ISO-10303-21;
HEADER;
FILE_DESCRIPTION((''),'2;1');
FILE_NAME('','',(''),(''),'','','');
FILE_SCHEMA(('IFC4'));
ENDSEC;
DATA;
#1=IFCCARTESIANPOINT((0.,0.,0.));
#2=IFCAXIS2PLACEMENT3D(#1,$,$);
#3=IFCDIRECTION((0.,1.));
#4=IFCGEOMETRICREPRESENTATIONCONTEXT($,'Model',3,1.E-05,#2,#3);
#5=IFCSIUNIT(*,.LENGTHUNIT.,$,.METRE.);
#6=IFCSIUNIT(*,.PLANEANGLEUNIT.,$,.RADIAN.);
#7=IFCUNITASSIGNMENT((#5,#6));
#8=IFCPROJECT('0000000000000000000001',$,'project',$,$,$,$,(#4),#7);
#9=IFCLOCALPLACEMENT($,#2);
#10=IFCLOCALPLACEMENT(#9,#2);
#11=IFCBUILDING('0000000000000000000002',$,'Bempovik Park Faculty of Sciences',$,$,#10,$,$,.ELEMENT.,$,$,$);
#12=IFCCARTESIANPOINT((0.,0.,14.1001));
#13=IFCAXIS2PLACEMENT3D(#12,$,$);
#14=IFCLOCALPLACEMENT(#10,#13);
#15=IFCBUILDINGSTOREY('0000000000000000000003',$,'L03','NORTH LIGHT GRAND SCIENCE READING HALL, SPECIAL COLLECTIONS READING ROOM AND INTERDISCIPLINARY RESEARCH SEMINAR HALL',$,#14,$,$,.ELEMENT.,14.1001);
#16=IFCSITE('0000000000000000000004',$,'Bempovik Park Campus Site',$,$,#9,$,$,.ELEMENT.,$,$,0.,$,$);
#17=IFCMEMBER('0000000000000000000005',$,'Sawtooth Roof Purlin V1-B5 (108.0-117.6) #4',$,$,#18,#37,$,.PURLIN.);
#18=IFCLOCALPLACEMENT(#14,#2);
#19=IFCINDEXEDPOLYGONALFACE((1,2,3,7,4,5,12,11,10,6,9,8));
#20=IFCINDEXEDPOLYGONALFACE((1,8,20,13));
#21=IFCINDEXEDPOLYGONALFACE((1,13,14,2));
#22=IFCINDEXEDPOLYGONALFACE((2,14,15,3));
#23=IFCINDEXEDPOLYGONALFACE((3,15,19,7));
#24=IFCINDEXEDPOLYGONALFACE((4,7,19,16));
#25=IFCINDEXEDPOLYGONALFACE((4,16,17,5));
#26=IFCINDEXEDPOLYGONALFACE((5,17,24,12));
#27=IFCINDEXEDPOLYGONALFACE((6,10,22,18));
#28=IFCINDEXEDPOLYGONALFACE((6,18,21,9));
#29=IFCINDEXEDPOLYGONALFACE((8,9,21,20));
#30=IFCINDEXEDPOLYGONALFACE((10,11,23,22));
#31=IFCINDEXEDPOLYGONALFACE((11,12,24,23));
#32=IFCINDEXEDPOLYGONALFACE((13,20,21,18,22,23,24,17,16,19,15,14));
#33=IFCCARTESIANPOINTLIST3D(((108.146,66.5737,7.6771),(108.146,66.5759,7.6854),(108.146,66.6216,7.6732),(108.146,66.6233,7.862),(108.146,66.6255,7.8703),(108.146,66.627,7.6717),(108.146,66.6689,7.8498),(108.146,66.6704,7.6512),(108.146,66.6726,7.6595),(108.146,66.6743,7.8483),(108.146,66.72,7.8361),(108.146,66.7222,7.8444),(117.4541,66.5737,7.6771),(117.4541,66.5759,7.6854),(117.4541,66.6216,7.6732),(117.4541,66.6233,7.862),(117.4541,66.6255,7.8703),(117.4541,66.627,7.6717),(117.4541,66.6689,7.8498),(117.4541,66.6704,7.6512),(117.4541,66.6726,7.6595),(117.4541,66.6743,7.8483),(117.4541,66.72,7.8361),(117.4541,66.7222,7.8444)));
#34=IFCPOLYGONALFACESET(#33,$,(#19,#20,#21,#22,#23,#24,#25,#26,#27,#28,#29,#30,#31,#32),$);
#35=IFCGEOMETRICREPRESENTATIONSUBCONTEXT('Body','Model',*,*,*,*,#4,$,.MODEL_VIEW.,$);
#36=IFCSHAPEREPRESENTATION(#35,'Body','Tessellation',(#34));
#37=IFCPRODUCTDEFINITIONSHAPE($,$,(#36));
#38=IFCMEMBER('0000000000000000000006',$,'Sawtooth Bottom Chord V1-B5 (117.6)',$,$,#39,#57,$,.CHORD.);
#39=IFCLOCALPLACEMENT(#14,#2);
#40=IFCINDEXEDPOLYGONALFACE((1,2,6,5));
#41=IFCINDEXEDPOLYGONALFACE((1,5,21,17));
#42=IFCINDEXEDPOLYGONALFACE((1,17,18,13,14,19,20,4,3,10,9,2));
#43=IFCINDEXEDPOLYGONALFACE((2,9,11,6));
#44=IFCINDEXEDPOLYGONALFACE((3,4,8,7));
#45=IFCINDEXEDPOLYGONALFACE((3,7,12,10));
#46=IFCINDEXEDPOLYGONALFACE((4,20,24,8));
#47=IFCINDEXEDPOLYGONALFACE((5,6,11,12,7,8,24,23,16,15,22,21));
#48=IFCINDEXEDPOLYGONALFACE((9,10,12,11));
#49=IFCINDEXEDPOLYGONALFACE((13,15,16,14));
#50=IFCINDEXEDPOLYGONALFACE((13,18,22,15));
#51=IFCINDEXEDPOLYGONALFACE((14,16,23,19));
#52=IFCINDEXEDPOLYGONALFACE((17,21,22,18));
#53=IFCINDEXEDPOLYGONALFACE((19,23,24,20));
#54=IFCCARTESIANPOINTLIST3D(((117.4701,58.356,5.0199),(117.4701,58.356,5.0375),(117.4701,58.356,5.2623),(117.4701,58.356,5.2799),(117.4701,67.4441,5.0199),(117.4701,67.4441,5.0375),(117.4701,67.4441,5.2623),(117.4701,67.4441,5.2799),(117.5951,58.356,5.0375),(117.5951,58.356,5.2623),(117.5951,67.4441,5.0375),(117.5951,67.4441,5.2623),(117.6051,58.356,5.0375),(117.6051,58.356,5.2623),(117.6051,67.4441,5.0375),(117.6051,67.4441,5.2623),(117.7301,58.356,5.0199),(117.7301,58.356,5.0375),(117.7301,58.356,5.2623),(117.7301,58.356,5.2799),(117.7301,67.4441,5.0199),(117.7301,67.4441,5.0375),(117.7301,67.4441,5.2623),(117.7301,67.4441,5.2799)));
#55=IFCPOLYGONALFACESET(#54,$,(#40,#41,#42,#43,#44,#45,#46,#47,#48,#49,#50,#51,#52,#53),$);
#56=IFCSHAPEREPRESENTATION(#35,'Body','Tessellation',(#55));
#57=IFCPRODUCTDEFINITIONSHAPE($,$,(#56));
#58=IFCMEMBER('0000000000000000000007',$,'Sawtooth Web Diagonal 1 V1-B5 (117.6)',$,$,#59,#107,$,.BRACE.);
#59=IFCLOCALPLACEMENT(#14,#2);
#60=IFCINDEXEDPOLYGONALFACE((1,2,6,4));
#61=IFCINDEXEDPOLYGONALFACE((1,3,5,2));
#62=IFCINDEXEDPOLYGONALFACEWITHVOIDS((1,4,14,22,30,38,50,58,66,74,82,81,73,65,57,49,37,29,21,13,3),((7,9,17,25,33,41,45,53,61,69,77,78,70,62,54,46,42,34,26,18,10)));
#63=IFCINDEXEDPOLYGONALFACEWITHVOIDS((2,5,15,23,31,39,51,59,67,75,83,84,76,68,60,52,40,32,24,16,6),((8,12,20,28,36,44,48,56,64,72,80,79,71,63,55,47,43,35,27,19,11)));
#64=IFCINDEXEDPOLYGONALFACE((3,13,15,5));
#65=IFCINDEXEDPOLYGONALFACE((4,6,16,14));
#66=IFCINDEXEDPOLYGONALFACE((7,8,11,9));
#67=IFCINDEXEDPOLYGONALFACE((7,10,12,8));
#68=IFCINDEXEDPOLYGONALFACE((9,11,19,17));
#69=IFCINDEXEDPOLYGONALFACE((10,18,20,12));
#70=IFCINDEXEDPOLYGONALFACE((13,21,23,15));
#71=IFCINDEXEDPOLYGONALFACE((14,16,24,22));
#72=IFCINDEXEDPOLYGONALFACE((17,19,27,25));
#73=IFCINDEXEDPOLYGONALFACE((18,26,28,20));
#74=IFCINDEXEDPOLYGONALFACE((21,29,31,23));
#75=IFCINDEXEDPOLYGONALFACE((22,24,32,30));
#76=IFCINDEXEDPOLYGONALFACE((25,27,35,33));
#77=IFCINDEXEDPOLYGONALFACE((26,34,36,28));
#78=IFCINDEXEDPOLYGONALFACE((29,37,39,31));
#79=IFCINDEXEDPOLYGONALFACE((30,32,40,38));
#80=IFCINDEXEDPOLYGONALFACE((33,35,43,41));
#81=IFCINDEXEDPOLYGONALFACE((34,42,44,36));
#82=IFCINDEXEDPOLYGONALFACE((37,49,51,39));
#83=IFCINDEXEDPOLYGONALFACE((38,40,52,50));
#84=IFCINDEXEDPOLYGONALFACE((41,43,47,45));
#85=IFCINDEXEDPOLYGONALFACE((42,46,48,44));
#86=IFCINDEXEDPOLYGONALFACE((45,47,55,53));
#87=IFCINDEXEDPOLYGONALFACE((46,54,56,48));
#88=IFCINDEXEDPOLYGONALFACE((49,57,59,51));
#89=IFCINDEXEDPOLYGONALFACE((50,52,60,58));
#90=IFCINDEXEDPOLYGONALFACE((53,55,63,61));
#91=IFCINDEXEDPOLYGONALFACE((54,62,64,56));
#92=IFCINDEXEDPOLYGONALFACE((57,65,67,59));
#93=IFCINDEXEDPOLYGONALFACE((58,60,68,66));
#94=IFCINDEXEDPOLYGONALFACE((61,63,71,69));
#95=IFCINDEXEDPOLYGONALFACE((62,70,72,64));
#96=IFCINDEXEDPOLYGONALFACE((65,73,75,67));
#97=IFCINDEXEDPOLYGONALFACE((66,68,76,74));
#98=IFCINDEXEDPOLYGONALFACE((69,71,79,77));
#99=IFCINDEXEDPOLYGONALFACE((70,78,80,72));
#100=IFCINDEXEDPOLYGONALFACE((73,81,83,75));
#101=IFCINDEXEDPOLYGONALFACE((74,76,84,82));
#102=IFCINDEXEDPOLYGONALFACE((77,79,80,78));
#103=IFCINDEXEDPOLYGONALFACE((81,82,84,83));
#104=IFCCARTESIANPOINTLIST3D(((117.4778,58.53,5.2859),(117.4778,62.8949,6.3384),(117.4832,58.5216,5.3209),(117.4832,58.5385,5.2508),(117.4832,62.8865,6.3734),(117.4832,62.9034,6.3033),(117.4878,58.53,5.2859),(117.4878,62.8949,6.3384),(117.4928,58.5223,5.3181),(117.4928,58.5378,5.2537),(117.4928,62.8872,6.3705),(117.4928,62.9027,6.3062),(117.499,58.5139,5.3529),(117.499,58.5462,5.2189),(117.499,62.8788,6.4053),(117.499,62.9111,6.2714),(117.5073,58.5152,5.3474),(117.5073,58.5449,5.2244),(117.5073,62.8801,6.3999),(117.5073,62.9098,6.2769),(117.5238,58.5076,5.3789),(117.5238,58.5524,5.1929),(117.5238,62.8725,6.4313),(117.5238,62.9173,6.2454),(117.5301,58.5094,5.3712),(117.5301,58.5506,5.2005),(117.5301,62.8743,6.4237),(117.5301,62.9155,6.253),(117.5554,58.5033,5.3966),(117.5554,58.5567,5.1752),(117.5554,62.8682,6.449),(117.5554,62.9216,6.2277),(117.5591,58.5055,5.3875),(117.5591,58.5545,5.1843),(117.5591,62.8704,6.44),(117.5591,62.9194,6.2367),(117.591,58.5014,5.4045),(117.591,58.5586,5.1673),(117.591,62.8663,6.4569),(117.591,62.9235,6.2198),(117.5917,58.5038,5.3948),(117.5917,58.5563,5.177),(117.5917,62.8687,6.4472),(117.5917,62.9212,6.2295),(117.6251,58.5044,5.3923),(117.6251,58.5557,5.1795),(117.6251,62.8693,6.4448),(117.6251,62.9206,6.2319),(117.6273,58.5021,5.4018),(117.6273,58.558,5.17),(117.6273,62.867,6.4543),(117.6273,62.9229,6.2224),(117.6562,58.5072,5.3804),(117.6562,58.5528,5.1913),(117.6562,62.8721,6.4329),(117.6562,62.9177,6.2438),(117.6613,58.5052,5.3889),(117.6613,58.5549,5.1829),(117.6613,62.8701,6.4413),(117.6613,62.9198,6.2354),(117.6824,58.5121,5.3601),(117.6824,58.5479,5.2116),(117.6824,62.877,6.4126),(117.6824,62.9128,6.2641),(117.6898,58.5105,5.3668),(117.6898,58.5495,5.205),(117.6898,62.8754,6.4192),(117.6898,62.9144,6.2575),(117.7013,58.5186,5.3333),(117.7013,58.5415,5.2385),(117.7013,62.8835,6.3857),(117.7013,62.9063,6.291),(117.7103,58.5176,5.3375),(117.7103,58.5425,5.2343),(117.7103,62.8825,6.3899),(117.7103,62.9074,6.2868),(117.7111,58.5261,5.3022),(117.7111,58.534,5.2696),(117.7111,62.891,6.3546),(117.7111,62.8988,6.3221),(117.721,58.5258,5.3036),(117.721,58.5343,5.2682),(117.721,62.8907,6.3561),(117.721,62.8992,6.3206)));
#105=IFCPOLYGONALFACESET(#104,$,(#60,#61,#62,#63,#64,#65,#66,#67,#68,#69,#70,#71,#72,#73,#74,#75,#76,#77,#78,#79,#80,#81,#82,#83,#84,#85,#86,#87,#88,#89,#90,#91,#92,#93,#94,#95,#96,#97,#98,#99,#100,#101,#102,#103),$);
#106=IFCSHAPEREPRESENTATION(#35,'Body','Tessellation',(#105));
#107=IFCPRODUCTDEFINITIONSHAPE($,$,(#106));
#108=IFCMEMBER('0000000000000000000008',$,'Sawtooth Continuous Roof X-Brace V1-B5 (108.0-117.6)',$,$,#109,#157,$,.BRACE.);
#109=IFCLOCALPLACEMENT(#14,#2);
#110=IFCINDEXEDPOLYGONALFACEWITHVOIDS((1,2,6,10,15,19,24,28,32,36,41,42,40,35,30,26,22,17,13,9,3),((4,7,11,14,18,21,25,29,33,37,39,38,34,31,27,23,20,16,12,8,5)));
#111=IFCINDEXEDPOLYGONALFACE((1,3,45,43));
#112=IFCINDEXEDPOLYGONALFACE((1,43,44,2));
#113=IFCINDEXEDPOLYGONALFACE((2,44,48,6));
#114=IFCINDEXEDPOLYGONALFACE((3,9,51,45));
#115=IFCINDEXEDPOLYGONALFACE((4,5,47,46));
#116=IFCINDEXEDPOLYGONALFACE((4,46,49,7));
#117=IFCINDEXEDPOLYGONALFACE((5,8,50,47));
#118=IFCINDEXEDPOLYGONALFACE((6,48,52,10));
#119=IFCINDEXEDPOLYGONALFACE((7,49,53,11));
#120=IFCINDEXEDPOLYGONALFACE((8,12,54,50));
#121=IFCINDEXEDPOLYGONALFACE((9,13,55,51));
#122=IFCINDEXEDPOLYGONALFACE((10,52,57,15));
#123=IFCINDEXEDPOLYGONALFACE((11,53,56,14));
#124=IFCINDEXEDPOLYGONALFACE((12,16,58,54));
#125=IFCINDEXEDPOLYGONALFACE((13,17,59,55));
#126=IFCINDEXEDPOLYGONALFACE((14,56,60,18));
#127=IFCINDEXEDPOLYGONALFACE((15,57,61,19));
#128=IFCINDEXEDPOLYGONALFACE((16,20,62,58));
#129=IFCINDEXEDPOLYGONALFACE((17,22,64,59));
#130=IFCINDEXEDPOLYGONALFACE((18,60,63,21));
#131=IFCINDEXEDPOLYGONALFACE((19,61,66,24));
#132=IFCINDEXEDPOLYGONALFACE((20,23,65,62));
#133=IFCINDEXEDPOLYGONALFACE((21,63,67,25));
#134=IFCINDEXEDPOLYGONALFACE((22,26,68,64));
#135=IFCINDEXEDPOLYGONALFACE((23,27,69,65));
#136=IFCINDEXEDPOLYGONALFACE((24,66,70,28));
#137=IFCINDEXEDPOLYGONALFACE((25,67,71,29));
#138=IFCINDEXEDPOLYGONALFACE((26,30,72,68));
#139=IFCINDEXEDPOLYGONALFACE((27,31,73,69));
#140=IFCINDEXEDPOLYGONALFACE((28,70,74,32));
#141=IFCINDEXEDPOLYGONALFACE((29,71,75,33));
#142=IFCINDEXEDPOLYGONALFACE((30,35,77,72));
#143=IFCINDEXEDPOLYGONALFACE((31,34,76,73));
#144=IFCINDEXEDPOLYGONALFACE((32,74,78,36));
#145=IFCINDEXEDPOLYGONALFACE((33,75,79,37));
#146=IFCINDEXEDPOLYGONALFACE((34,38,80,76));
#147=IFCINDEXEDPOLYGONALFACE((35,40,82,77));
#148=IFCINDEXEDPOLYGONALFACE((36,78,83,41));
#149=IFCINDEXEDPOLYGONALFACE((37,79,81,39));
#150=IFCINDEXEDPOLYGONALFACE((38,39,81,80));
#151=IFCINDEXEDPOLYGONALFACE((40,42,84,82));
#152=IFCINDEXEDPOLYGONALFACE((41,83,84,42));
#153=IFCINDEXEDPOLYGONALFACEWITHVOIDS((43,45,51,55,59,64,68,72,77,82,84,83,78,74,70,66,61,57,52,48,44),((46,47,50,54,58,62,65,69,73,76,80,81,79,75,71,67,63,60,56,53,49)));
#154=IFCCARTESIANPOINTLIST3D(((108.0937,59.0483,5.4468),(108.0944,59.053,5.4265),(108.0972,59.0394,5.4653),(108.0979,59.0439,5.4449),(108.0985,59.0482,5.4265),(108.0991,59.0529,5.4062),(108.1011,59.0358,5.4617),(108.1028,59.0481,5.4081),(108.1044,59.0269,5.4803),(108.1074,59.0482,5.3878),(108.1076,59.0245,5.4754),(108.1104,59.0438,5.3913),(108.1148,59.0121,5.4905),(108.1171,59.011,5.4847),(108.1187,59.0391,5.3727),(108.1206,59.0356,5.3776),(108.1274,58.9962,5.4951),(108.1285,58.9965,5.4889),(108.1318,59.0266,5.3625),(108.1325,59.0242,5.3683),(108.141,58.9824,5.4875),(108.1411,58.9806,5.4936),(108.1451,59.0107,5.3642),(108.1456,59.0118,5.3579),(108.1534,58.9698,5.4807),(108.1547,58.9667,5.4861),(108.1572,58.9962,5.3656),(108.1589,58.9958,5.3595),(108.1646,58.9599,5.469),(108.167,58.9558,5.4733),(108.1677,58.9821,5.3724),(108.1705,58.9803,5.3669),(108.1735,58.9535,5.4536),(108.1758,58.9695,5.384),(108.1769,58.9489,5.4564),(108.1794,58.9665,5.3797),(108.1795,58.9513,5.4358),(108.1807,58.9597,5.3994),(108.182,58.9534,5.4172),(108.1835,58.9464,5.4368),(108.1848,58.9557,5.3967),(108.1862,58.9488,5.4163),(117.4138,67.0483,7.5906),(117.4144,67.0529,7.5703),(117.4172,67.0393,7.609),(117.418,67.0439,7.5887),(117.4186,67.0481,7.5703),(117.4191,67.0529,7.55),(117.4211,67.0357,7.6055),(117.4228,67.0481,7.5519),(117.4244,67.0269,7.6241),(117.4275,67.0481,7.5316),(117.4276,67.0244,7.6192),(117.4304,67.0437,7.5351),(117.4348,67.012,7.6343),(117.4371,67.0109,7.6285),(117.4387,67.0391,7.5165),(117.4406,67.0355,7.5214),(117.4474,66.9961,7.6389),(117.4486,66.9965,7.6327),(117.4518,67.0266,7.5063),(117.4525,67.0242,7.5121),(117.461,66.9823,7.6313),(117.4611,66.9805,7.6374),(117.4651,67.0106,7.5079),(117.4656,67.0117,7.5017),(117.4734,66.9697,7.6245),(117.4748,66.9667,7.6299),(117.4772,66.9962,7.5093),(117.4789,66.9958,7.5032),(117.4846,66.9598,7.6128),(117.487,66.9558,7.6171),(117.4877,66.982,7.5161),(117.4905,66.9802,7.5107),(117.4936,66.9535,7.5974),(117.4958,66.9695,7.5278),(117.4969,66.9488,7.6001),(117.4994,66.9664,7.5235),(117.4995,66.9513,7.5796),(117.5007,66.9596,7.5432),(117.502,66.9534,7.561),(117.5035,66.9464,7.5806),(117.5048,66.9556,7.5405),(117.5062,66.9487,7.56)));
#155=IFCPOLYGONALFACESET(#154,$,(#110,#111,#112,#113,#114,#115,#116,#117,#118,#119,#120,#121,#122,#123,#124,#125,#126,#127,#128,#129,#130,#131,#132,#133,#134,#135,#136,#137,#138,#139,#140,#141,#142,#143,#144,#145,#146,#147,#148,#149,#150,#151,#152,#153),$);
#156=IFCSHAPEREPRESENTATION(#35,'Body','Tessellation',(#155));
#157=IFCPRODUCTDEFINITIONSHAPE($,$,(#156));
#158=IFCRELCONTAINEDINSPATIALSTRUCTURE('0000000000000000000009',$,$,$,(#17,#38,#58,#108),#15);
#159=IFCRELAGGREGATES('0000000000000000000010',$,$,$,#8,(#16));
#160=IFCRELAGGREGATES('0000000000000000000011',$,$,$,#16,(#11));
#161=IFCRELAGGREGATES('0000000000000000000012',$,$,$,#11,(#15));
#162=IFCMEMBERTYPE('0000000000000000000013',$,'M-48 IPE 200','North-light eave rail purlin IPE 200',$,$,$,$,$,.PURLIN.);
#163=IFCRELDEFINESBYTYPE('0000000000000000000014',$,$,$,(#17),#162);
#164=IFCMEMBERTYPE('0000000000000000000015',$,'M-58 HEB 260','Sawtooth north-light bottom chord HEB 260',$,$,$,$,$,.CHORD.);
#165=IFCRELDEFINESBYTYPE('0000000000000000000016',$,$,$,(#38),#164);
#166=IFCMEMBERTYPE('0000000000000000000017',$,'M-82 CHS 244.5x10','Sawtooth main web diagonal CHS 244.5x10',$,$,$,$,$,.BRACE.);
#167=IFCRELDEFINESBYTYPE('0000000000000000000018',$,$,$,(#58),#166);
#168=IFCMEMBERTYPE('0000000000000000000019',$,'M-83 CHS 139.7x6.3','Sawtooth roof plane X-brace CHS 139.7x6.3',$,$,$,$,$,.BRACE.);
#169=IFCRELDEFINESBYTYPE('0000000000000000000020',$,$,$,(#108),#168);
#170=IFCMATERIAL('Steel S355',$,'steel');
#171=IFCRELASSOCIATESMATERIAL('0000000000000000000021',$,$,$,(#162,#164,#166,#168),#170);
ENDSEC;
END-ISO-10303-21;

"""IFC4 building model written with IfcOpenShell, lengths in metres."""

from ifc_helpers import new_model, si_unit, direction, frame, origin, origin_2d, place, context, subcontext, project, spatial, hollow_circle, i_section, extrude, material, material_profile, profile_set, type_object, element, save


model = new_model("IFC4")

# Units and contexts
model_context = context("Model", 3, precision=1e-05, world=origin(), true_north=direction((0.0, 1.0)))
body_context = subcontext(model_context, "Body", "Model", "MODEL_VIEW")
ifc_project = project(units=[si_unit("LENGTHUNIT", "METRE"), si_unit("PLANEANGLEUNIT", "RADIAN")], contexts=[model_context])

# Site, building, storey
site_placement = place(None, origin())
site = spatial("IfcSite", under=ifc_project, at=site_placement, Name="Bempovik Park Campus Site", CompositionType="ELEMENT", RefElevation=0.0)
building_placement = place(site_placement, origin())
building = spatial("IfcBuilding", under=site, at=building_placement, Name="Bempovik Park Faculty of Sciences", CompositionType="ELEMENT")
storey_placement = place(building_placement, frame((0.0, 0.0, 14.1001)))
storey = spatial("IfcBuildingStorey", under=building, at=storey_placement, Name="L03", Description="NORTH LIGHT GRAND SCIENCE READING HALL, SPECIAL COLLECTIONS READING ROOM AND INTERDISCIPLINARY RESEARCH SEMINAR HALL", CompositionType="ELEMENT", Elevation=14.1001)

# Shared definitions
ifc_material_1 = material(Name="Steel S355", Category="steel")

# Members
ifc_material_profile_1 = material_profile(ifc_material_1, i_section(OverallWidth=0.1001, OverallDepth=0.2, WebThickness=0.0056, FlangeThickness=0.0085, at=origin_2d()), Name="IPE 200")
ifc_profile_set_1 = profile_set([ifc_material_profile_1], Name="Steel S355")
member_type_1 = type_object("IfcMemberType", Name="M-48 IPE 200", Description="North-light eave rail purlin IPE 200", PredefinedType="PURLIN", material=ifc_profile_set_1)
member_1_placement = place(storey_placement, frame((108.146, 66.6479, 7.7607), z_axis=(1.0, 0.0, 0.0), x_axis=(0.0, 0.965926, -0.258819)))
element("IfcMember", 1, at=member_1_placement, inside=storey, type_object=member_type_1, Name="Sawtooth Roof Purlin V1-B5 (108.0-117.6) #4", PredefinedType="PURLIN", context=body_context, shape_type="SweptSolid", body=[
    extrude(i_section(OverallWidth=0.1001, OverallDepth=0.2, WebThickness=0.0056, FlangeThickness=0.0085, at=origin_2d()), origin(), (0.0, 0.0, 1.0), 9.3081),
])
ifc_material_profile_2 = material_profile(ifc_material_1, i_section(OverallWidth=0.26, OverallDepth=0.26, WebThickness=0.01, FlangeThickness=0.0176, at=origin_2d()), Name="HEB 260")
ifc_profile_set_2 = profile_set([ifc_material_profile_2], Name="Steel S355")
member_type_2 = type_object("IfcMemberType", Name="M-58 HEB 260", Description="Sawtooth north-light bottom chord HEB 260", PredefinedType="CHORD", material=ifc_profile_set_2)
member_2_placement = place(storey_placement, frame((117.6001, 58.356, 5.1499), z_axis=(0.0, 1.0, 0.0), x_axis=(-1.0, 0.0, 0.0)))
element("IfcMember", 2, at=member_2_placement, inside=storey, type_object=member_type_2, Name="Sawtooth Bottom Chord V1-B5 (117.6)", PredefinedType="CHORD", context=body_context, shape_type="SweptSolid", body=[
    extrude(i_section(OverallWidth=0.26, OverallDepth=0.26, WebThickness=0.01, FlangeThickness=0.0176, at=origin_2d()), origin(), (0.0, 0.0, 1.0), 9.0881),
])
ifc_material_profile_3 = material_profile(ifc_material_1, hollow_circle(Radius=0.1223, WallThickness=0.01, at=origin_2d()), Name="CHS 244.5x10")
ifc_profile_set_3 = profile_set([ifc_material_profile_3], Name="Steel S355")
member_type_3 = type_object("IfcMemberType", Name="M-82 CHS 244.5x10", Description="Sawtooth main web diagonal CHS 244.5x10", PredefinedType="BRACE", material=ifc_profile_set_3)
member_3_placement = place(storey_placement, frame((117.6001, 58.53, 5.2859), z_axis=(0.0, 0.972139, 0.234403), x_axis=(-1.0, 0.0, 0.0)))
element("IfcMember", 3, at=member_3_placement, inside=storey, type_object=member_type_3, Name="Sawtooth Web Diagonal 1 V1-B5 (117.6)", PredefinedType="BRACE", context=body_context, shape_type="SweptSolid", body=[
    extrude(hollow_circle(Radius=0.1223, WallThickness=0.01, at=origin_2d()), origin(), (0.0, 0.0, 1.0), 4.49),
])
ifc_material_profile_4 = material_profile(ifc_material_1, hollow_circle(Radius=0.0698, WallThickness=0.0063, at=origin_2d()), Name="CHS 139.7x6.3")
ifc_profile_set_4 = profile_set([ifc_material_profile_4], Name="Steel S355")
member_type_4 = type_object("IfcMemberType", Name="M-83 CHS 139.7x6.3", Description="Sawtooth roof plane X-brace CHS 139.7x6.3", PredefinedType="BRACE", material=ifc_profile_set_4)
member_4_placement = place(storey_placement, frame((108.1399, 59.0, 5.4265), z_axis=(0.747499, 0.641625, 0.171939), x_axis=(-0.651325, 0.758799, 0.0)))
element("IfcMember", 4, at=member_4_placement, inside=storey, type_object=member_type_4, Name="Sawtooth Continuous Roof X-Brace V1-B5 (108.0-117.6)", PredefinedType="BRACE", context=body_context, shape_type="SweptSolid", body=[
    extrude(hollow_circle(Radius=0.0698, WallThickness=0.0063, at=origin_2d()), origin(), (0.0, 0.0, 1.0), 12.4683),
])

save(model, "model.ifc")
